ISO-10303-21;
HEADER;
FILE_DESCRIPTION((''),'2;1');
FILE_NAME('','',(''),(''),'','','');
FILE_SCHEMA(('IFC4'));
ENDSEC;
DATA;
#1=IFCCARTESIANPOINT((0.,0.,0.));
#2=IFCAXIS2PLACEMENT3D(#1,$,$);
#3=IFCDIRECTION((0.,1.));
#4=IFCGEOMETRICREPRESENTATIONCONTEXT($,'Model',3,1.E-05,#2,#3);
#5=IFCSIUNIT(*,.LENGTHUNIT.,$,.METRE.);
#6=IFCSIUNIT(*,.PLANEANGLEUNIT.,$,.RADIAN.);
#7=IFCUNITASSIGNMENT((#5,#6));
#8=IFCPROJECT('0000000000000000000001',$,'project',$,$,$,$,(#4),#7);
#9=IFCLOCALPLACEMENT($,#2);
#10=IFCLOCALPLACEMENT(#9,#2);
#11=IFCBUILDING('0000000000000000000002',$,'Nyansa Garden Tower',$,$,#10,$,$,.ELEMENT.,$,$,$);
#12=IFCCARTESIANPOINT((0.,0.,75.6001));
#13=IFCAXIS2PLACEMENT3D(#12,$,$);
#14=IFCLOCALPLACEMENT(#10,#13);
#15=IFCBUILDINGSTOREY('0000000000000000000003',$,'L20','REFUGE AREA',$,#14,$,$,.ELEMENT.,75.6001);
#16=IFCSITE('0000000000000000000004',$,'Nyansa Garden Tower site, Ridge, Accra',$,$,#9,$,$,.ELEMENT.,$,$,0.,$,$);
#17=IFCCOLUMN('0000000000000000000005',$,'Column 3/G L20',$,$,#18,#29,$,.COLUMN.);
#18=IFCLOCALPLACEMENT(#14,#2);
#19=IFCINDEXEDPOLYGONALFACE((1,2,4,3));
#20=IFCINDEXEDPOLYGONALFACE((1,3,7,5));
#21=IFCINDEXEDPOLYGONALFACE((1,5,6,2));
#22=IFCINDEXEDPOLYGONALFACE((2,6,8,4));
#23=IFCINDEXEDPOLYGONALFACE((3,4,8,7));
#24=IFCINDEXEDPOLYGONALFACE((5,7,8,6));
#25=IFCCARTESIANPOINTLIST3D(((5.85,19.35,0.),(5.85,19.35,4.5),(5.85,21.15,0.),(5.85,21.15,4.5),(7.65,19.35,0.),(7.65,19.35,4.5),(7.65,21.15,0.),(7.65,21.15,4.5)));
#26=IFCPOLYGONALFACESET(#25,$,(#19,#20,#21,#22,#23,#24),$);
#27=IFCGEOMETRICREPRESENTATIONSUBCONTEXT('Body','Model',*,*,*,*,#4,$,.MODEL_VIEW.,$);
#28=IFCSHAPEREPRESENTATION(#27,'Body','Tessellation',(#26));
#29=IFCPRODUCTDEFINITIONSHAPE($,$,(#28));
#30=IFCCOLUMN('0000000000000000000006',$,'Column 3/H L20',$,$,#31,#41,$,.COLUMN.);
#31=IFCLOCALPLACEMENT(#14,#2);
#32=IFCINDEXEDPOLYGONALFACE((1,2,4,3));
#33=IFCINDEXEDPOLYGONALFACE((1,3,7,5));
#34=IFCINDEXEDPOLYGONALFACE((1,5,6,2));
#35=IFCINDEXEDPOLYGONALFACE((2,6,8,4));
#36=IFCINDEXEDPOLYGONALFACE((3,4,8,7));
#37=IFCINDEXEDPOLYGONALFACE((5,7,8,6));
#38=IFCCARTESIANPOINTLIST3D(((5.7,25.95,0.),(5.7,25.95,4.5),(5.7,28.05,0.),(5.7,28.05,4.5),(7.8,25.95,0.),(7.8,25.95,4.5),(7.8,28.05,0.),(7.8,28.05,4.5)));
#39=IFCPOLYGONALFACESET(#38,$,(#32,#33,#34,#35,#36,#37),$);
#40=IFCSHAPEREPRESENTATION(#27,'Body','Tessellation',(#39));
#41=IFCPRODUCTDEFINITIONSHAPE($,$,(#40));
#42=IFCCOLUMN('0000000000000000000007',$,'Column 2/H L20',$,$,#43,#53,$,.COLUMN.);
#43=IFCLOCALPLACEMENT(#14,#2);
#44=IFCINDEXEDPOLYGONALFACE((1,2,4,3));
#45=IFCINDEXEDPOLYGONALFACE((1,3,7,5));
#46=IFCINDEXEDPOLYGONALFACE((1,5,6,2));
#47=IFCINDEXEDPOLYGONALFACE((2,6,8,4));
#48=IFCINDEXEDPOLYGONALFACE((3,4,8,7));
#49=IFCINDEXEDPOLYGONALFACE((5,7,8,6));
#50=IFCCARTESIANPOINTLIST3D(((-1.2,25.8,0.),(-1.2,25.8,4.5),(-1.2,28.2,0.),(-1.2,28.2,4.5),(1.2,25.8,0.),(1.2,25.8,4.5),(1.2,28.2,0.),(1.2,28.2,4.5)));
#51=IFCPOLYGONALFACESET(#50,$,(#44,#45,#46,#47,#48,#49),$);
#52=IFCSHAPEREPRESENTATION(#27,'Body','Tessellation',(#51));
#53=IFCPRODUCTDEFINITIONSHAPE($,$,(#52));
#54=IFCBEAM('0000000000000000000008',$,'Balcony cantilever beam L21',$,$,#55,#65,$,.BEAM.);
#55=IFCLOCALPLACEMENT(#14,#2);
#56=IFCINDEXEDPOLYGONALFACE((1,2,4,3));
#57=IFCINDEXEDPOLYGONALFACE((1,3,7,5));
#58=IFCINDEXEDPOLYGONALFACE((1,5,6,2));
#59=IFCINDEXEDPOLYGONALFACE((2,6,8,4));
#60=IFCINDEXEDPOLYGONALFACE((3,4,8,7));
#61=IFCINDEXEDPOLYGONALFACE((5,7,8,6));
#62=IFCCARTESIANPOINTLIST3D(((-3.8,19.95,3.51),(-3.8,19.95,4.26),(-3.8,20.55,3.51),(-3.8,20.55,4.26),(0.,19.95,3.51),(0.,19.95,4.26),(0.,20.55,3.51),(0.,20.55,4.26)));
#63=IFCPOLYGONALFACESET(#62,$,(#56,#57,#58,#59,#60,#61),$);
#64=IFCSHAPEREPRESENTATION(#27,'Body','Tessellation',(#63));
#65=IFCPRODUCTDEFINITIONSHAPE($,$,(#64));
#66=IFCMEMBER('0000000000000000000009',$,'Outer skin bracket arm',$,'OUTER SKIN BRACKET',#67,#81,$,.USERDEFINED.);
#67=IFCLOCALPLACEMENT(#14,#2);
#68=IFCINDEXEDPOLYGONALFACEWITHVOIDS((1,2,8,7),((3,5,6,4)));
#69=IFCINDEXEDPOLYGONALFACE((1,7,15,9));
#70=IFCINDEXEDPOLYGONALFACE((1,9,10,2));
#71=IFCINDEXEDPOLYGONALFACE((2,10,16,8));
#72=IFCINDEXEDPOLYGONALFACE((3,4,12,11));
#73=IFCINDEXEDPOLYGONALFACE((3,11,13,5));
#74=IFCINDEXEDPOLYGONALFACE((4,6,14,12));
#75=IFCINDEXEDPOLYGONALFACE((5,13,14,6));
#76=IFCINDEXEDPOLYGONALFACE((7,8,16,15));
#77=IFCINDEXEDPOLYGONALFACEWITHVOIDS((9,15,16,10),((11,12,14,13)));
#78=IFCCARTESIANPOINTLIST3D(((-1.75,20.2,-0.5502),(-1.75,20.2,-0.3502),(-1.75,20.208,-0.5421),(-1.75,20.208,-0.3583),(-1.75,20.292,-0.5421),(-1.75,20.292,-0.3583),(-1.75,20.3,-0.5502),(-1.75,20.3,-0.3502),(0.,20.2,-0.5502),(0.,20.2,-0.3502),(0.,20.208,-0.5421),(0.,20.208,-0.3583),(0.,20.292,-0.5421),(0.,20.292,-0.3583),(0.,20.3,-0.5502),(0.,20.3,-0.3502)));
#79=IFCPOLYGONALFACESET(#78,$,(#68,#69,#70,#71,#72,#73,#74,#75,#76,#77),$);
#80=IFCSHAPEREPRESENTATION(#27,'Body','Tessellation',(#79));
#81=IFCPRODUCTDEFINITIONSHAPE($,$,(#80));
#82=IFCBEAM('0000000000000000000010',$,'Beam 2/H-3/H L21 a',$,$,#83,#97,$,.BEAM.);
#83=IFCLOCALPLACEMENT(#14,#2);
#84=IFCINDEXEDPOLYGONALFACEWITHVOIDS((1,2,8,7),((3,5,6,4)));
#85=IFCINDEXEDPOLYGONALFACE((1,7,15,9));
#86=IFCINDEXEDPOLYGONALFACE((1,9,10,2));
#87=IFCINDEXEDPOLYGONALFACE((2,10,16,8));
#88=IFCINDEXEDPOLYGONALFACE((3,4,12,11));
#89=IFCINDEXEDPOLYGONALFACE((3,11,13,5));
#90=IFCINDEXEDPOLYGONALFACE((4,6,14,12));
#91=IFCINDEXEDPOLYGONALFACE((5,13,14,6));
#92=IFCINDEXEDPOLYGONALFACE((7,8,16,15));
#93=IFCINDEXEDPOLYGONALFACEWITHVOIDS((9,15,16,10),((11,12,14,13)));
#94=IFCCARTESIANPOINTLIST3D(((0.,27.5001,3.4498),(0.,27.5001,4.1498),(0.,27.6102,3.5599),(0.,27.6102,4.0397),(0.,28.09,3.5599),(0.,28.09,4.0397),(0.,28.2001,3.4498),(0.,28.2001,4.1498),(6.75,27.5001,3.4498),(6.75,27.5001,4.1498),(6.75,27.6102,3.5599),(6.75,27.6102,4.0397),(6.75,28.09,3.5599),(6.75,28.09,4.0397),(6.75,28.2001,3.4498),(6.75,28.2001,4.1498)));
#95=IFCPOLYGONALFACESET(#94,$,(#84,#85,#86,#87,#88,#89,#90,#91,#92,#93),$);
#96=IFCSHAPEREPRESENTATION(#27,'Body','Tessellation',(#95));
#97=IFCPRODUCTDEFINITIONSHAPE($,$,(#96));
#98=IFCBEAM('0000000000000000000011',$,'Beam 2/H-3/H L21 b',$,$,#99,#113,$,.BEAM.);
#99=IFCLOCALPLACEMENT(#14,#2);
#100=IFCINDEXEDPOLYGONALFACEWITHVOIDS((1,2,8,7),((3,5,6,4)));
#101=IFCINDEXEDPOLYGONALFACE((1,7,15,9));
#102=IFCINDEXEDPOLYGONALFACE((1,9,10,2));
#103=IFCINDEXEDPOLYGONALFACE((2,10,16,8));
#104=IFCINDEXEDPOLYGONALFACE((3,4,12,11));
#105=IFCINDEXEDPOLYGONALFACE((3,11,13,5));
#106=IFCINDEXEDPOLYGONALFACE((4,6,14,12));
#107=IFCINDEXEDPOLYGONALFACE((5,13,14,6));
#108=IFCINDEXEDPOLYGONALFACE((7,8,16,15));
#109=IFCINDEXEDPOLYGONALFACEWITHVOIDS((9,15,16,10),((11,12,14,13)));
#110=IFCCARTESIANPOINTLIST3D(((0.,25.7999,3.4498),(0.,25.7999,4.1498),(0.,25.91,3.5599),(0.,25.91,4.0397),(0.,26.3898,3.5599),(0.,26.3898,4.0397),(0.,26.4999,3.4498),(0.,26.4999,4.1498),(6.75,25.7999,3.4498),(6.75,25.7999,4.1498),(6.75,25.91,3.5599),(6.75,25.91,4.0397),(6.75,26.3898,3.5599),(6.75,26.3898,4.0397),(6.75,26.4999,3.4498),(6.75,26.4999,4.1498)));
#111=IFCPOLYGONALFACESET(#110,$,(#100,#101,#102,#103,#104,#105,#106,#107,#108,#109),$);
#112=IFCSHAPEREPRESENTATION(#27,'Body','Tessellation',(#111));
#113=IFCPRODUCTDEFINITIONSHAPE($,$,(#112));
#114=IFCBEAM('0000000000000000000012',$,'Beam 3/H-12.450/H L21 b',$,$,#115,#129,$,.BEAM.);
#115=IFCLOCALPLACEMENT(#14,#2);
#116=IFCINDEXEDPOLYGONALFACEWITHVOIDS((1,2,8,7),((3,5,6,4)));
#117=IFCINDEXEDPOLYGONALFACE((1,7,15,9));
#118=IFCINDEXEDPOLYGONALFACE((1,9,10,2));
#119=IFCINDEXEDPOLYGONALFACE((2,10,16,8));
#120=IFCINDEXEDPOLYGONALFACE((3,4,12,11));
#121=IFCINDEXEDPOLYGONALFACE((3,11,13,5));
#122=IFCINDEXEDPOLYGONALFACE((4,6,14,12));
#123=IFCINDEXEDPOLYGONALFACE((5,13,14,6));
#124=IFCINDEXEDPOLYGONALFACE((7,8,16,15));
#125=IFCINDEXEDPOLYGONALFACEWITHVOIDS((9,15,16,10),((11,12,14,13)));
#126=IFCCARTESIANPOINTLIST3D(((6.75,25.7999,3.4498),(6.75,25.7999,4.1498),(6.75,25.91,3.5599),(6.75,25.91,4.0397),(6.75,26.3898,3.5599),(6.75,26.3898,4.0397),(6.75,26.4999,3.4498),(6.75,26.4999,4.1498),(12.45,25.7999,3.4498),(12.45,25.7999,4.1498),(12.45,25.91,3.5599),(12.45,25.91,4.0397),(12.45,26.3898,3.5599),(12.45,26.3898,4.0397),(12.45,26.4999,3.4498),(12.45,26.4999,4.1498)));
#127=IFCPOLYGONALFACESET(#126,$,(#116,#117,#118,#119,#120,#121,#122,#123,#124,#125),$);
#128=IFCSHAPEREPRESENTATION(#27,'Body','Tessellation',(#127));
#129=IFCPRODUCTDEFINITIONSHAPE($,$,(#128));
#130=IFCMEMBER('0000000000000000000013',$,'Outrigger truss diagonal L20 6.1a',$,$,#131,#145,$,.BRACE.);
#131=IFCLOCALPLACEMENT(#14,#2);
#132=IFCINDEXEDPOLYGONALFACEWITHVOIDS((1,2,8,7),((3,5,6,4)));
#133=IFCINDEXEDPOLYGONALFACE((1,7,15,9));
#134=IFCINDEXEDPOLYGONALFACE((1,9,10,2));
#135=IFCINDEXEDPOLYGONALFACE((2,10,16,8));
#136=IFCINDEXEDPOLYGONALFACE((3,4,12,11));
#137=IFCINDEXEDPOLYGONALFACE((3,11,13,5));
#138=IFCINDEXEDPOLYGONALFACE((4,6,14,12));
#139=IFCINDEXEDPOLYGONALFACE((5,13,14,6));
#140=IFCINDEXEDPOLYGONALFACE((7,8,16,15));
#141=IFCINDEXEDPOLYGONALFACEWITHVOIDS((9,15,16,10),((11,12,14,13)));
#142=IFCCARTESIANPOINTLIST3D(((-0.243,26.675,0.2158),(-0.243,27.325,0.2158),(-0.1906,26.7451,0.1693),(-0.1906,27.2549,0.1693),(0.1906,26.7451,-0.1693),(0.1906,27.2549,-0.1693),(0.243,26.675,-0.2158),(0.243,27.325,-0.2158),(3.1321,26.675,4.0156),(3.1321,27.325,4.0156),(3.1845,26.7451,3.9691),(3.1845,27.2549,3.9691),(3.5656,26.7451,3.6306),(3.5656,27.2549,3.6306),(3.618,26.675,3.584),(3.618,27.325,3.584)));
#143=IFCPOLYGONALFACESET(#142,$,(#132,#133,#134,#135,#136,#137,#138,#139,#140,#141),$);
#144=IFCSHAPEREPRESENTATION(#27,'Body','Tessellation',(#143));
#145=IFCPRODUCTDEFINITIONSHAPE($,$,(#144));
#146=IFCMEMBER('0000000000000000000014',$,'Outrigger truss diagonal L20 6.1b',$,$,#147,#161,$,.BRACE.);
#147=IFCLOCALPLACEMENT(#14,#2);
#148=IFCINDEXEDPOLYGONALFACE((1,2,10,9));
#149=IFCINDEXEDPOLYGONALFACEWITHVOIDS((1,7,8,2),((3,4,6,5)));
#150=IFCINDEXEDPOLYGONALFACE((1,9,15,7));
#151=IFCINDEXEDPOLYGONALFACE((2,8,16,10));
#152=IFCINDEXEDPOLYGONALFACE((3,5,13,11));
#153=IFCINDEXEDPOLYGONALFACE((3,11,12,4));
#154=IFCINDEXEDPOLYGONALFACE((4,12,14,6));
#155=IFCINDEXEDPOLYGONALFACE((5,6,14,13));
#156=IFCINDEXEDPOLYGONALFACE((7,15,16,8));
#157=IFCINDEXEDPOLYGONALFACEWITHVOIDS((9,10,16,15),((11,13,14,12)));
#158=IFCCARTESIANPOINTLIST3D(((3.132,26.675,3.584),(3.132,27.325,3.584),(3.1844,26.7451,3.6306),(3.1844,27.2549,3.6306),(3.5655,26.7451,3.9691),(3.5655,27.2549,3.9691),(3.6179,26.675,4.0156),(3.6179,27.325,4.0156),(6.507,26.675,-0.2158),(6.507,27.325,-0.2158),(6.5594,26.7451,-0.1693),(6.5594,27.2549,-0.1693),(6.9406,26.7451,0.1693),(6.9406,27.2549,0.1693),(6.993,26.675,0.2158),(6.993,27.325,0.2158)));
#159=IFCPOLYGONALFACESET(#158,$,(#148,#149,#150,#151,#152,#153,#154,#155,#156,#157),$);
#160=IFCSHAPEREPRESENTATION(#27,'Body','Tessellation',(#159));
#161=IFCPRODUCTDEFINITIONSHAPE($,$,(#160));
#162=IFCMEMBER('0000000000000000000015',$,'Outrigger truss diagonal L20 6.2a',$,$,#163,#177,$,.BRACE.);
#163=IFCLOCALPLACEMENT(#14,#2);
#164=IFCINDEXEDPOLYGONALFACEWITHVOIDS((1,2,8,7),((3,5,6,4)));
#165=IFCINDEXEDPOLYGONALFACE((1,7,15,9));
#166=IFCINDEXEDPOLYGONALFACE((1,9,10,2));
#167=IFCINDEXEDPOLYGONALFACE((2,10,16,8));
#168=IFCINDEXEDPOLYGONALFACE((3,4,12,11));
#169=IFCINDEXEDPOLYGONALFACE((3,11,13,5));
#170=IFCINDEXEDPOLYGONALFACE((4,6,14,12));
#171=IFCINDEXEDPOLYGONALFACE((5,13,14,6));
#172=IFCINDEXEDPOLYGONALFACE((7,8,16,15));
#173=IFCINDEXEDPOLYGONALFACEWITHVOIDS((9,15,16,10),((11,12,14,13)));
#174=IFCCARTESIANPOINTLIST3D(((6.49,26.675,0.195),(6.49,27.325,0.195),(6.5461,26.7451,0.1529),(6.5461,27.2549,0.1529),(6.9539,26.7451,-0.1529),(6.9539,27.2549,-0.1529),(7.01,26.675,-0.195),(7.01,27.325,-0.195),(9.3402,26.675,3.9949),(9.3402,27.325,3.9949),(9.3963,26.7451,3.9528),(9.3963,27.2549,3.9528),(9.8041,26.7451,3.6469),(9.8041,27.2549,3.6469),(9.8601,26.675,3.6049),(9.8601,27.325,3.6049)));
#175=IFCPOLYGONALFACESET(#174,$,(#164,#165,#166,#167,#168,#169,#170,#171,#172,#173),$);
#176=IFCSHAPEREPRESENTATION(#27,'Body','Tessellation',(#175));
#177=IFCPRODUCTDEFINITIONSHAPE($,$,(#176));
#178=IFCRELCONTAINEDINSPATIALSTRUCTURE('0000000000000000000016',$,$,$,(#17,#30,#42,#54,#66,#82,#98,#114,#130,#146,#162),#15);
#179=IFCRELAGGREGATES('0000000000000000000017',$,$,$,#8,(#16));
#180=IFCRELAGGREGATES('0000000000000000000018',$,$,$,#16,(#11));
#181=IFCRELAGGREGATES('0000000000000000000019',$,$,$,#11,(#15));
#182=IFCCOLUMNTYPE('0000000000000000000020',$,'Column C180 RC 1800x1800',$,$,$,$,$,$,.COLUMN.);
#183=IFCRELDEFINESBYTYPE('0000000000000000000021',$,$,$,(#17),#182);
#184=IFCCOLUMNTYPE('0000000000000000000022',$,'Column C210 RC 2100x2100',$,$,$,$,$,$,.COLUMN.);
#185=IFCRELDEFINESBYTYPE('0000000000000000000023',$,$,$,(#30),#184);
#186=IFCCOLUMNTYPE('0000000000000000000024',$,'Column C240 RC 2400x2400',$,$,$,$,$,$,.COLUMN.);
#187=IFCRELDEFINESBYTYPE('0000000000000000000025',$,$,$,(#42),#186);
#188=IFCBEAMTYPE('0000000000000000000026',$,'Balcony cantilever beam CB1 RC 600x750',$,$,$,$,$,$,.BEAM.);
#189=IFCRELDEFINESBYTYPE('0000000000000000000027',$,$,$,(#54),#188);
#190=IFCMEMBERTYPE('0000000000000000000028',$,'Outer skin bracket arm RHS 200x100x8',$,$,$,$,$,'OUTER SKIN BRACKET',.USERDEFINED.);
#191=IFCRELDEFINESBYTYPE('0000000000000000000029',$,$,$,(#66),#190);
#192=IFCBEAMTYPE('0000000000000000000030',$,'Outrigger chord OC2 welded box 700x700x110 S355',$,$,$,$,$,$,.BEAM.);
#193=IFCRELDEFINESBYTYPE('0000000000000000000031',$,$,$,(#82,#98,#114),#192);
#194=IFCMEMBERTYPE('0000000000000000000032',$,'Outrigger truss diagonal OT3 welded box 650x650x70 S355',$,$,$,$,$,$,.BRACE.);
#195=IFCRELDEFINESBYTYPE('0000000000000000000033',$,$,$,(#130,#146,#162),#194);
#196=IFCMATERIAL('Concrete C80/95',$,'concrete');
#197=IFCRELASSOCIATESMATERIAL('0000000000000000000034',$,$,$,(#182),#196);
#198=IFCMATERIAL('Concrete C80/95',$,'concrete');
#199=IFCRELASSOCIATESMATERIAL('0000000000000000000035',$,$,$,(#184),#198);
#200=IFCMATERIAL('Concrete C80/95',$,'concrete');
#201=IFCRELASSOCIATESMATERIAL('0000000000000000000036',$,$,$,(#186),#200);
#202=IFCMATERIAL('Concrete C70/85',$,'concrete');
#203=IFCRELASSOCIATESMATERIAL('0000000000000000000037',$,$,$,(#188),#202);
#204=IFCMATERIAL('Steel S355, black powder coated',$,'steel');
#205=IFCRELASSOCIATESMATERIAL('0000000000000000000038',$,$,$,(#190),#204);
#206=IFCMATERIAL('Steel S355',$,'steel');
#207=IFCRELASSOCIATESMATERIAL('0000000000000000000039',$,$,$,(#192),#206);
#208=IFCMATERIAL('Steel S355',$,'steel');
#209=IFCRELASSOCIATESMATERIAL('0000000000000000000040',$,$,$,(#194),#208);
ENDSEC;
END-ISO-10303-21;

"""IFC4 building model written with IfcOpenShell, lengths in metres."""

from ifc_helpers import new_model, si_unit, direction, frame, origin, origin_2d, place, context, subcontext, project, spatial, rectangle, hollow_rectangle, extrude, material, material_profile, profile_set, type_object, element, save


model = new_model("IFC4")

# Units and contexts
model_context = context("Model", 3, precision=1e-05, world=origin(), true_north=direction((0.0, 1.0)))
body_context = subcontext(model_context, "Body", "Model", "MODEL_VIEW")
ifc_project = project(units=[si_unit("LENGTHUNIT", "METRE"), si_unit("PLANEANGLEUNIT", "RADIAN")], contexts=[model_context])

# Site, building, storey
site_placement = place(None, origin())
site = spatial("IfcSite", under=ifc_project, at=site_placement, Name="Nyansa Garden Tower site, Ridge, Accra", CompositionType="ELEMENT", RefElevation=0.0)
building_placement = place(site_placement, origin())
building = spatial("IfcBuilding", under=site, at=building_placement, Name="Nyansa Garden Tower", CompositionType="ELEMENT")
storey_placement = place(building_placement, frame((0.0, 0.0, 75.6001)))
storey = spatial("IfcBuildingStorey", under=building, at=storey_placement, Name="L20", Description="REFUGE AREA", CompositionType="ELEMENT", Elevation=75.6001)

# Columns
ifc_material_1 = material(Name="Concrete C80/95", Category="concrete")
ifc_material_profile_1 = material_profile(ifc_material_1, rectangle(XDim=1.8, YDim=1.8, at=origin_2d()), Name="RC 1800x1800")
ifc_profile_set_1 = profile_set([ifc_material_profile_1], Name="Concrete C80/95")
column_type_1 = type_object("IfcColumnType", Name="Column C180 RC 1800x1800", PredefinedType="COLUMN", material=ifc_profile_set_1)
column_1_placement = place(storey_placement, frame((6.75, 20.25, 0.0), z_axis=(0.0, 0.0, 1.0), x_axis=(1.0, 0.0, 0.0)))
element("IfcColumn", 1, at=column_1_placement, inside=storey, type_object=column_type_1, Name="Column 3/G L20", PredefinedType="COLUMN", context=body_context, shape_type="SweptSolid", body=[
    extrude(rectangle(XDim=1.8, YDim=1.8, at=origin_2d()), origin(), (0.0, 0.0, 1.0), 4.5),
])
ifc_material_2 = material(Name="Concrete C80/95", Category="concrete")
ifc_material_profile_2 = material_profile(ifc_material_2, rectangle(XDim=2.1001, YDim=2.1001, at=origin_2d()), Name="RC 2100x2100")
ifc_profile_set_2 = profile_set([ifc_material_profile_2], Name="Concrete C80/95")
column_type_2 = type_object("IfcColumnType", Name="Column C210 RC 2100x2100", PredefinedType="COLUMN", material=ifc_profile_set_2)
column_2_placement = place(storey_placement, frame((6.75, 27.0, 0.0), z_axis=(0.0, 0.0, 1.0), x_axis=(1.0, 0.0, 0.0)))
element("IfcColumn", 2, at=column_2_placement, inside=storey, type_object=column_type_2, Name="Column 3/H L20", PredefinedType="COLUMN", context=body_context, shape_type="SweptSolid", body=[
    extrude(rectangle(XDim=2.1001, YDim=2.1001, at=origin_2d()), origin(), (0.0, 0.0, 1.0), 4.5),
])
ifc_material_3 = material(Name="Concrete C80/95", Category="concrete")
ifc_material_profile_3 = material_profile(ifc_material_3, rectangle(XDim=2.3999, YDim=2.3999, at=origin_2d()), Name="RC 2400x2400")
ifc_profile_set_3 = profile_set([ifc_material_profile_3], Name="Concrete C80/95")
column_type_3 = type_object("IfcColumnType", Name="Column C240 RC 2400x2400", PredefinedType="COLUMN", material=ifc_profile_set_3)
column_3_placement = place(storey_placement, frame((0.0, 27.0, 0.0), z_axis=(0.0, 0.0, 1.0), x_axis=(1.0, 0.0, 0.0)))
element("IfcColumn", 3, at=column_3_placement, inside=storey, type_object=column_type_3, Name="Column 2/H L20", PredefinedType="COLUMN", context=body_context, shape_type="SweptSolid", body=[
    extrude(rectangle(XDim=2.3999, YDim=2.3999, at=origin_2d()), origin(), (0.0, 0.0, 1.0), 4.5),
])

# Beam
ifc_material_4 = material(Name="Concrete C70/85", Category="concrete")
ifc_material_profile_4 = material_profile(ifc_material_4, rectangle(XDim=0.6001, YDim=0.75, at=origin_2d()), Name="RC 600x750")
ifc_profile_set_4 = profile_set([ifc_material_profile_4], Name="Concrete C70/85")
beam_type_1 = type_object("IfcBeamType", Name="Balcony cantilever beam CB1 RC 600x750", PredefinedType="BEAM", material=ifc_profile_set_4)
beam_1_placement = place(storey_placement, frame((0.0, 20.25, 3.885), z_axis=(-1.0, 0.0, 0.0), x_axis=(0.0, -1.0, 0.0)))
element("IfcBeam", 4, at=beam_1_placement, inside=storey, type_object=beam_type_1, Name="Balcony cantilever beam L21", PredefinedType="BEAM", context=body_context, shape_type="SweptSolid", body=[
    extrude(rectangle(XDim=0.6001, YDim=0.75, at=origin_2d()), origin(), (0.0, 0.0, 1.0), 3.8),
])

# Member
ifc_material_5 = material(Name="Steel S355, black powder coated", Category="steel")
ifc_material_profile_5 = material_profile(ifc_material_5, hollow_rectangle(XDim=0.1001, YDim=0.2, WallThickness=0.0081, at=origin_2d()), Name="RHS 200x100x8")
ifc_profile_set_5 = profile_set([ifc_material_profile_5], Name="Steel S355, black powder coated")
member_type_1 = type_object("IfcMemberType", Name="Outer skin bracket arm RHS 200x100x8", ElementType="OUTER SKIN BRACKET", PredefinedType="USERDEFINED", material=ifc_profile_set_5)
member_1_placement = place(storey_placement, frame((0.0, 20.25, -0.4502), z_axis=(-1.0, 0.0, 0.0), x_axis=(0.0, -1.0, 0.0)))
element("IfcMember", 5, at=member_1_placement, inside=storey, type_object=member_type_1, Name="Outer skin bracket arm", ObjectType="OUTER SKIN BRACKET", PredefinedType="USERDEFINED", context=body_context, shape_type="SweptSolid", body=[
    extrude(hollow_rectangle(XDim=0.1001, YDim=0.2, WallThickness=0.0081, at=origin_2d()), origin(), (0.0, 0.0, 1.0), 1.75),
])

# Beams
ifc_material_6 = material(Name="Steel S355", Category="steel")
ifc_material_profile_6 = material_profile(ifc_material_6, hollow_rectangle(XDim=0.7, YDim=0.7, WallThickness=0.1101, at=origin_2d()), Name="Welded box 700x700x110")
ifc_profile_set_6 = profile_set([ifc_material_profile_6], Name="Steel S355")
beam_type_2 = type_object("IfcBeamType", Name="Outrigger chord OC2 welded box 700x700x110 S355", PredefinedType="BEAM", material=ifc_profile_set_6)
for number, where, z_axis, x_axis, name in (
    (6, (0.0, 27.8501, 3.7998), (1.0, 0.0, 0.0), (0.0, 1.0, 0.0), "Beam 2/H-3/H L21 a"),
    (7, (0.0, 26.1499, 3.7998), (1.0, 0.0, 0.0), (0.0, 1.0, 0.0), "Beam 2/H-3/H L21 b"),
):
    element("IfcBeam", number, at=place(storey_placement, frame(where, z_axis=z_axis, x_axis=x_axis)), inside=storey, type_object=beam_type_2, Name=name, PredefinedType="BEAM", context=body_context, shape_type="SweptSolid", body=[
        extrude(hollow_rectangle(XDim=0.7, YDim=0.7, WallThickness=0.1101, at=origin_2d()), origin(), (0.0, 0.0, 1.0), 6.75),
    ])
beam_2_placement = place(storey_placement, frame((6.75, 26.1499, 3.7998), z_axis=(1.0, 0.0, 0.0), x_axis=(0.0, 1.0, 0.0)))
element("IfcBeam", 8, at=beam_2_placement, inside=storey, type_object=beam_type_2, Name="Beam 3/H-12.450/H L21 b", PredefinedType="BEAM", context=body_context, shape_type="SweptSolid", body=[
    extrude(hollow_rectangle(XDim=0.7, YDim=0.7, WallThickness=0.1101, at=origin_2d()), origin(), (0.0, 0.0, 1.0), 5.7),
])

# Members
ifc_material_7 = material(Name="Steel S355", Category="steel")
ifc_material_profile_7 = material_profile(ifc_material_7, hollow_rectangle(XDim=0.6499, YDim=0.6499, WallThickness=0.0701, at=origin_2d()), Name="Welded box 650x650x70")
ifc_profile_set_7 = profile_set([ifc_material_profile_7], Name="Steel S355")
member_type_2 = type_object("IfcMemberType", Name="Outrigger truss diagonal OT3 welded box 650x650x70 S355", PredefinedType="BRACE", material=ifc_profile_set_7)
for number, where, z_axis, x_axis, name in (
    (9, (0.0, 27.0, 0.0), (0.664078, 0.0, 0.747664), (0.0, 1.0, 0.0), "Outrigger truss diagonal L20 6.1a"),
    (10, (6.75, 27.0, 0.0), (-0.664078, 0.0, 0.747664), (0.0, -1.0, 0.0), "Outrigger truss diagonal L20 6.1b"),
):
    element("IfcMember", number, at=place(storey_placement, frame(where, z_axis=z_axis, x_axis=x_axis)), inside=storey, type_object=member_type_2, Name=name, PredefinedType="BRACE", context=body_context, shape_type="SweptSolid", body=[
        extrude(hollow_rectangle(XDim=0.6499, YDim=0.6499, WallThickness=0.0701, at=origin_2d()), origin(), (0.0, 0.0, 1.0), 5.0823),
    ])
member_2_placement = place(storey_placement, frame((6.75, 27.0, 0.0), z_axis=(0.600033, 0.0, 0.799975), x_axis=(0.0, 1.0, 0.0)))
element("IfcMember", 11, at=member_2_placement, inside=storey, type_object=member_type_2, Name="Outrigger truss diagonal L20 6.2a", PredefinedType="BRACE", context=body_context, shape_type="SweptSolid", body=[
    extrude(hollow_rectangle(XDim=0.6499, YDim=0.6499, WallThickness=0.0701, at=origin_2d()), origin(), (0.0, 0.0, 1.0), 4.75),
])

save(model, "model.ifc")
